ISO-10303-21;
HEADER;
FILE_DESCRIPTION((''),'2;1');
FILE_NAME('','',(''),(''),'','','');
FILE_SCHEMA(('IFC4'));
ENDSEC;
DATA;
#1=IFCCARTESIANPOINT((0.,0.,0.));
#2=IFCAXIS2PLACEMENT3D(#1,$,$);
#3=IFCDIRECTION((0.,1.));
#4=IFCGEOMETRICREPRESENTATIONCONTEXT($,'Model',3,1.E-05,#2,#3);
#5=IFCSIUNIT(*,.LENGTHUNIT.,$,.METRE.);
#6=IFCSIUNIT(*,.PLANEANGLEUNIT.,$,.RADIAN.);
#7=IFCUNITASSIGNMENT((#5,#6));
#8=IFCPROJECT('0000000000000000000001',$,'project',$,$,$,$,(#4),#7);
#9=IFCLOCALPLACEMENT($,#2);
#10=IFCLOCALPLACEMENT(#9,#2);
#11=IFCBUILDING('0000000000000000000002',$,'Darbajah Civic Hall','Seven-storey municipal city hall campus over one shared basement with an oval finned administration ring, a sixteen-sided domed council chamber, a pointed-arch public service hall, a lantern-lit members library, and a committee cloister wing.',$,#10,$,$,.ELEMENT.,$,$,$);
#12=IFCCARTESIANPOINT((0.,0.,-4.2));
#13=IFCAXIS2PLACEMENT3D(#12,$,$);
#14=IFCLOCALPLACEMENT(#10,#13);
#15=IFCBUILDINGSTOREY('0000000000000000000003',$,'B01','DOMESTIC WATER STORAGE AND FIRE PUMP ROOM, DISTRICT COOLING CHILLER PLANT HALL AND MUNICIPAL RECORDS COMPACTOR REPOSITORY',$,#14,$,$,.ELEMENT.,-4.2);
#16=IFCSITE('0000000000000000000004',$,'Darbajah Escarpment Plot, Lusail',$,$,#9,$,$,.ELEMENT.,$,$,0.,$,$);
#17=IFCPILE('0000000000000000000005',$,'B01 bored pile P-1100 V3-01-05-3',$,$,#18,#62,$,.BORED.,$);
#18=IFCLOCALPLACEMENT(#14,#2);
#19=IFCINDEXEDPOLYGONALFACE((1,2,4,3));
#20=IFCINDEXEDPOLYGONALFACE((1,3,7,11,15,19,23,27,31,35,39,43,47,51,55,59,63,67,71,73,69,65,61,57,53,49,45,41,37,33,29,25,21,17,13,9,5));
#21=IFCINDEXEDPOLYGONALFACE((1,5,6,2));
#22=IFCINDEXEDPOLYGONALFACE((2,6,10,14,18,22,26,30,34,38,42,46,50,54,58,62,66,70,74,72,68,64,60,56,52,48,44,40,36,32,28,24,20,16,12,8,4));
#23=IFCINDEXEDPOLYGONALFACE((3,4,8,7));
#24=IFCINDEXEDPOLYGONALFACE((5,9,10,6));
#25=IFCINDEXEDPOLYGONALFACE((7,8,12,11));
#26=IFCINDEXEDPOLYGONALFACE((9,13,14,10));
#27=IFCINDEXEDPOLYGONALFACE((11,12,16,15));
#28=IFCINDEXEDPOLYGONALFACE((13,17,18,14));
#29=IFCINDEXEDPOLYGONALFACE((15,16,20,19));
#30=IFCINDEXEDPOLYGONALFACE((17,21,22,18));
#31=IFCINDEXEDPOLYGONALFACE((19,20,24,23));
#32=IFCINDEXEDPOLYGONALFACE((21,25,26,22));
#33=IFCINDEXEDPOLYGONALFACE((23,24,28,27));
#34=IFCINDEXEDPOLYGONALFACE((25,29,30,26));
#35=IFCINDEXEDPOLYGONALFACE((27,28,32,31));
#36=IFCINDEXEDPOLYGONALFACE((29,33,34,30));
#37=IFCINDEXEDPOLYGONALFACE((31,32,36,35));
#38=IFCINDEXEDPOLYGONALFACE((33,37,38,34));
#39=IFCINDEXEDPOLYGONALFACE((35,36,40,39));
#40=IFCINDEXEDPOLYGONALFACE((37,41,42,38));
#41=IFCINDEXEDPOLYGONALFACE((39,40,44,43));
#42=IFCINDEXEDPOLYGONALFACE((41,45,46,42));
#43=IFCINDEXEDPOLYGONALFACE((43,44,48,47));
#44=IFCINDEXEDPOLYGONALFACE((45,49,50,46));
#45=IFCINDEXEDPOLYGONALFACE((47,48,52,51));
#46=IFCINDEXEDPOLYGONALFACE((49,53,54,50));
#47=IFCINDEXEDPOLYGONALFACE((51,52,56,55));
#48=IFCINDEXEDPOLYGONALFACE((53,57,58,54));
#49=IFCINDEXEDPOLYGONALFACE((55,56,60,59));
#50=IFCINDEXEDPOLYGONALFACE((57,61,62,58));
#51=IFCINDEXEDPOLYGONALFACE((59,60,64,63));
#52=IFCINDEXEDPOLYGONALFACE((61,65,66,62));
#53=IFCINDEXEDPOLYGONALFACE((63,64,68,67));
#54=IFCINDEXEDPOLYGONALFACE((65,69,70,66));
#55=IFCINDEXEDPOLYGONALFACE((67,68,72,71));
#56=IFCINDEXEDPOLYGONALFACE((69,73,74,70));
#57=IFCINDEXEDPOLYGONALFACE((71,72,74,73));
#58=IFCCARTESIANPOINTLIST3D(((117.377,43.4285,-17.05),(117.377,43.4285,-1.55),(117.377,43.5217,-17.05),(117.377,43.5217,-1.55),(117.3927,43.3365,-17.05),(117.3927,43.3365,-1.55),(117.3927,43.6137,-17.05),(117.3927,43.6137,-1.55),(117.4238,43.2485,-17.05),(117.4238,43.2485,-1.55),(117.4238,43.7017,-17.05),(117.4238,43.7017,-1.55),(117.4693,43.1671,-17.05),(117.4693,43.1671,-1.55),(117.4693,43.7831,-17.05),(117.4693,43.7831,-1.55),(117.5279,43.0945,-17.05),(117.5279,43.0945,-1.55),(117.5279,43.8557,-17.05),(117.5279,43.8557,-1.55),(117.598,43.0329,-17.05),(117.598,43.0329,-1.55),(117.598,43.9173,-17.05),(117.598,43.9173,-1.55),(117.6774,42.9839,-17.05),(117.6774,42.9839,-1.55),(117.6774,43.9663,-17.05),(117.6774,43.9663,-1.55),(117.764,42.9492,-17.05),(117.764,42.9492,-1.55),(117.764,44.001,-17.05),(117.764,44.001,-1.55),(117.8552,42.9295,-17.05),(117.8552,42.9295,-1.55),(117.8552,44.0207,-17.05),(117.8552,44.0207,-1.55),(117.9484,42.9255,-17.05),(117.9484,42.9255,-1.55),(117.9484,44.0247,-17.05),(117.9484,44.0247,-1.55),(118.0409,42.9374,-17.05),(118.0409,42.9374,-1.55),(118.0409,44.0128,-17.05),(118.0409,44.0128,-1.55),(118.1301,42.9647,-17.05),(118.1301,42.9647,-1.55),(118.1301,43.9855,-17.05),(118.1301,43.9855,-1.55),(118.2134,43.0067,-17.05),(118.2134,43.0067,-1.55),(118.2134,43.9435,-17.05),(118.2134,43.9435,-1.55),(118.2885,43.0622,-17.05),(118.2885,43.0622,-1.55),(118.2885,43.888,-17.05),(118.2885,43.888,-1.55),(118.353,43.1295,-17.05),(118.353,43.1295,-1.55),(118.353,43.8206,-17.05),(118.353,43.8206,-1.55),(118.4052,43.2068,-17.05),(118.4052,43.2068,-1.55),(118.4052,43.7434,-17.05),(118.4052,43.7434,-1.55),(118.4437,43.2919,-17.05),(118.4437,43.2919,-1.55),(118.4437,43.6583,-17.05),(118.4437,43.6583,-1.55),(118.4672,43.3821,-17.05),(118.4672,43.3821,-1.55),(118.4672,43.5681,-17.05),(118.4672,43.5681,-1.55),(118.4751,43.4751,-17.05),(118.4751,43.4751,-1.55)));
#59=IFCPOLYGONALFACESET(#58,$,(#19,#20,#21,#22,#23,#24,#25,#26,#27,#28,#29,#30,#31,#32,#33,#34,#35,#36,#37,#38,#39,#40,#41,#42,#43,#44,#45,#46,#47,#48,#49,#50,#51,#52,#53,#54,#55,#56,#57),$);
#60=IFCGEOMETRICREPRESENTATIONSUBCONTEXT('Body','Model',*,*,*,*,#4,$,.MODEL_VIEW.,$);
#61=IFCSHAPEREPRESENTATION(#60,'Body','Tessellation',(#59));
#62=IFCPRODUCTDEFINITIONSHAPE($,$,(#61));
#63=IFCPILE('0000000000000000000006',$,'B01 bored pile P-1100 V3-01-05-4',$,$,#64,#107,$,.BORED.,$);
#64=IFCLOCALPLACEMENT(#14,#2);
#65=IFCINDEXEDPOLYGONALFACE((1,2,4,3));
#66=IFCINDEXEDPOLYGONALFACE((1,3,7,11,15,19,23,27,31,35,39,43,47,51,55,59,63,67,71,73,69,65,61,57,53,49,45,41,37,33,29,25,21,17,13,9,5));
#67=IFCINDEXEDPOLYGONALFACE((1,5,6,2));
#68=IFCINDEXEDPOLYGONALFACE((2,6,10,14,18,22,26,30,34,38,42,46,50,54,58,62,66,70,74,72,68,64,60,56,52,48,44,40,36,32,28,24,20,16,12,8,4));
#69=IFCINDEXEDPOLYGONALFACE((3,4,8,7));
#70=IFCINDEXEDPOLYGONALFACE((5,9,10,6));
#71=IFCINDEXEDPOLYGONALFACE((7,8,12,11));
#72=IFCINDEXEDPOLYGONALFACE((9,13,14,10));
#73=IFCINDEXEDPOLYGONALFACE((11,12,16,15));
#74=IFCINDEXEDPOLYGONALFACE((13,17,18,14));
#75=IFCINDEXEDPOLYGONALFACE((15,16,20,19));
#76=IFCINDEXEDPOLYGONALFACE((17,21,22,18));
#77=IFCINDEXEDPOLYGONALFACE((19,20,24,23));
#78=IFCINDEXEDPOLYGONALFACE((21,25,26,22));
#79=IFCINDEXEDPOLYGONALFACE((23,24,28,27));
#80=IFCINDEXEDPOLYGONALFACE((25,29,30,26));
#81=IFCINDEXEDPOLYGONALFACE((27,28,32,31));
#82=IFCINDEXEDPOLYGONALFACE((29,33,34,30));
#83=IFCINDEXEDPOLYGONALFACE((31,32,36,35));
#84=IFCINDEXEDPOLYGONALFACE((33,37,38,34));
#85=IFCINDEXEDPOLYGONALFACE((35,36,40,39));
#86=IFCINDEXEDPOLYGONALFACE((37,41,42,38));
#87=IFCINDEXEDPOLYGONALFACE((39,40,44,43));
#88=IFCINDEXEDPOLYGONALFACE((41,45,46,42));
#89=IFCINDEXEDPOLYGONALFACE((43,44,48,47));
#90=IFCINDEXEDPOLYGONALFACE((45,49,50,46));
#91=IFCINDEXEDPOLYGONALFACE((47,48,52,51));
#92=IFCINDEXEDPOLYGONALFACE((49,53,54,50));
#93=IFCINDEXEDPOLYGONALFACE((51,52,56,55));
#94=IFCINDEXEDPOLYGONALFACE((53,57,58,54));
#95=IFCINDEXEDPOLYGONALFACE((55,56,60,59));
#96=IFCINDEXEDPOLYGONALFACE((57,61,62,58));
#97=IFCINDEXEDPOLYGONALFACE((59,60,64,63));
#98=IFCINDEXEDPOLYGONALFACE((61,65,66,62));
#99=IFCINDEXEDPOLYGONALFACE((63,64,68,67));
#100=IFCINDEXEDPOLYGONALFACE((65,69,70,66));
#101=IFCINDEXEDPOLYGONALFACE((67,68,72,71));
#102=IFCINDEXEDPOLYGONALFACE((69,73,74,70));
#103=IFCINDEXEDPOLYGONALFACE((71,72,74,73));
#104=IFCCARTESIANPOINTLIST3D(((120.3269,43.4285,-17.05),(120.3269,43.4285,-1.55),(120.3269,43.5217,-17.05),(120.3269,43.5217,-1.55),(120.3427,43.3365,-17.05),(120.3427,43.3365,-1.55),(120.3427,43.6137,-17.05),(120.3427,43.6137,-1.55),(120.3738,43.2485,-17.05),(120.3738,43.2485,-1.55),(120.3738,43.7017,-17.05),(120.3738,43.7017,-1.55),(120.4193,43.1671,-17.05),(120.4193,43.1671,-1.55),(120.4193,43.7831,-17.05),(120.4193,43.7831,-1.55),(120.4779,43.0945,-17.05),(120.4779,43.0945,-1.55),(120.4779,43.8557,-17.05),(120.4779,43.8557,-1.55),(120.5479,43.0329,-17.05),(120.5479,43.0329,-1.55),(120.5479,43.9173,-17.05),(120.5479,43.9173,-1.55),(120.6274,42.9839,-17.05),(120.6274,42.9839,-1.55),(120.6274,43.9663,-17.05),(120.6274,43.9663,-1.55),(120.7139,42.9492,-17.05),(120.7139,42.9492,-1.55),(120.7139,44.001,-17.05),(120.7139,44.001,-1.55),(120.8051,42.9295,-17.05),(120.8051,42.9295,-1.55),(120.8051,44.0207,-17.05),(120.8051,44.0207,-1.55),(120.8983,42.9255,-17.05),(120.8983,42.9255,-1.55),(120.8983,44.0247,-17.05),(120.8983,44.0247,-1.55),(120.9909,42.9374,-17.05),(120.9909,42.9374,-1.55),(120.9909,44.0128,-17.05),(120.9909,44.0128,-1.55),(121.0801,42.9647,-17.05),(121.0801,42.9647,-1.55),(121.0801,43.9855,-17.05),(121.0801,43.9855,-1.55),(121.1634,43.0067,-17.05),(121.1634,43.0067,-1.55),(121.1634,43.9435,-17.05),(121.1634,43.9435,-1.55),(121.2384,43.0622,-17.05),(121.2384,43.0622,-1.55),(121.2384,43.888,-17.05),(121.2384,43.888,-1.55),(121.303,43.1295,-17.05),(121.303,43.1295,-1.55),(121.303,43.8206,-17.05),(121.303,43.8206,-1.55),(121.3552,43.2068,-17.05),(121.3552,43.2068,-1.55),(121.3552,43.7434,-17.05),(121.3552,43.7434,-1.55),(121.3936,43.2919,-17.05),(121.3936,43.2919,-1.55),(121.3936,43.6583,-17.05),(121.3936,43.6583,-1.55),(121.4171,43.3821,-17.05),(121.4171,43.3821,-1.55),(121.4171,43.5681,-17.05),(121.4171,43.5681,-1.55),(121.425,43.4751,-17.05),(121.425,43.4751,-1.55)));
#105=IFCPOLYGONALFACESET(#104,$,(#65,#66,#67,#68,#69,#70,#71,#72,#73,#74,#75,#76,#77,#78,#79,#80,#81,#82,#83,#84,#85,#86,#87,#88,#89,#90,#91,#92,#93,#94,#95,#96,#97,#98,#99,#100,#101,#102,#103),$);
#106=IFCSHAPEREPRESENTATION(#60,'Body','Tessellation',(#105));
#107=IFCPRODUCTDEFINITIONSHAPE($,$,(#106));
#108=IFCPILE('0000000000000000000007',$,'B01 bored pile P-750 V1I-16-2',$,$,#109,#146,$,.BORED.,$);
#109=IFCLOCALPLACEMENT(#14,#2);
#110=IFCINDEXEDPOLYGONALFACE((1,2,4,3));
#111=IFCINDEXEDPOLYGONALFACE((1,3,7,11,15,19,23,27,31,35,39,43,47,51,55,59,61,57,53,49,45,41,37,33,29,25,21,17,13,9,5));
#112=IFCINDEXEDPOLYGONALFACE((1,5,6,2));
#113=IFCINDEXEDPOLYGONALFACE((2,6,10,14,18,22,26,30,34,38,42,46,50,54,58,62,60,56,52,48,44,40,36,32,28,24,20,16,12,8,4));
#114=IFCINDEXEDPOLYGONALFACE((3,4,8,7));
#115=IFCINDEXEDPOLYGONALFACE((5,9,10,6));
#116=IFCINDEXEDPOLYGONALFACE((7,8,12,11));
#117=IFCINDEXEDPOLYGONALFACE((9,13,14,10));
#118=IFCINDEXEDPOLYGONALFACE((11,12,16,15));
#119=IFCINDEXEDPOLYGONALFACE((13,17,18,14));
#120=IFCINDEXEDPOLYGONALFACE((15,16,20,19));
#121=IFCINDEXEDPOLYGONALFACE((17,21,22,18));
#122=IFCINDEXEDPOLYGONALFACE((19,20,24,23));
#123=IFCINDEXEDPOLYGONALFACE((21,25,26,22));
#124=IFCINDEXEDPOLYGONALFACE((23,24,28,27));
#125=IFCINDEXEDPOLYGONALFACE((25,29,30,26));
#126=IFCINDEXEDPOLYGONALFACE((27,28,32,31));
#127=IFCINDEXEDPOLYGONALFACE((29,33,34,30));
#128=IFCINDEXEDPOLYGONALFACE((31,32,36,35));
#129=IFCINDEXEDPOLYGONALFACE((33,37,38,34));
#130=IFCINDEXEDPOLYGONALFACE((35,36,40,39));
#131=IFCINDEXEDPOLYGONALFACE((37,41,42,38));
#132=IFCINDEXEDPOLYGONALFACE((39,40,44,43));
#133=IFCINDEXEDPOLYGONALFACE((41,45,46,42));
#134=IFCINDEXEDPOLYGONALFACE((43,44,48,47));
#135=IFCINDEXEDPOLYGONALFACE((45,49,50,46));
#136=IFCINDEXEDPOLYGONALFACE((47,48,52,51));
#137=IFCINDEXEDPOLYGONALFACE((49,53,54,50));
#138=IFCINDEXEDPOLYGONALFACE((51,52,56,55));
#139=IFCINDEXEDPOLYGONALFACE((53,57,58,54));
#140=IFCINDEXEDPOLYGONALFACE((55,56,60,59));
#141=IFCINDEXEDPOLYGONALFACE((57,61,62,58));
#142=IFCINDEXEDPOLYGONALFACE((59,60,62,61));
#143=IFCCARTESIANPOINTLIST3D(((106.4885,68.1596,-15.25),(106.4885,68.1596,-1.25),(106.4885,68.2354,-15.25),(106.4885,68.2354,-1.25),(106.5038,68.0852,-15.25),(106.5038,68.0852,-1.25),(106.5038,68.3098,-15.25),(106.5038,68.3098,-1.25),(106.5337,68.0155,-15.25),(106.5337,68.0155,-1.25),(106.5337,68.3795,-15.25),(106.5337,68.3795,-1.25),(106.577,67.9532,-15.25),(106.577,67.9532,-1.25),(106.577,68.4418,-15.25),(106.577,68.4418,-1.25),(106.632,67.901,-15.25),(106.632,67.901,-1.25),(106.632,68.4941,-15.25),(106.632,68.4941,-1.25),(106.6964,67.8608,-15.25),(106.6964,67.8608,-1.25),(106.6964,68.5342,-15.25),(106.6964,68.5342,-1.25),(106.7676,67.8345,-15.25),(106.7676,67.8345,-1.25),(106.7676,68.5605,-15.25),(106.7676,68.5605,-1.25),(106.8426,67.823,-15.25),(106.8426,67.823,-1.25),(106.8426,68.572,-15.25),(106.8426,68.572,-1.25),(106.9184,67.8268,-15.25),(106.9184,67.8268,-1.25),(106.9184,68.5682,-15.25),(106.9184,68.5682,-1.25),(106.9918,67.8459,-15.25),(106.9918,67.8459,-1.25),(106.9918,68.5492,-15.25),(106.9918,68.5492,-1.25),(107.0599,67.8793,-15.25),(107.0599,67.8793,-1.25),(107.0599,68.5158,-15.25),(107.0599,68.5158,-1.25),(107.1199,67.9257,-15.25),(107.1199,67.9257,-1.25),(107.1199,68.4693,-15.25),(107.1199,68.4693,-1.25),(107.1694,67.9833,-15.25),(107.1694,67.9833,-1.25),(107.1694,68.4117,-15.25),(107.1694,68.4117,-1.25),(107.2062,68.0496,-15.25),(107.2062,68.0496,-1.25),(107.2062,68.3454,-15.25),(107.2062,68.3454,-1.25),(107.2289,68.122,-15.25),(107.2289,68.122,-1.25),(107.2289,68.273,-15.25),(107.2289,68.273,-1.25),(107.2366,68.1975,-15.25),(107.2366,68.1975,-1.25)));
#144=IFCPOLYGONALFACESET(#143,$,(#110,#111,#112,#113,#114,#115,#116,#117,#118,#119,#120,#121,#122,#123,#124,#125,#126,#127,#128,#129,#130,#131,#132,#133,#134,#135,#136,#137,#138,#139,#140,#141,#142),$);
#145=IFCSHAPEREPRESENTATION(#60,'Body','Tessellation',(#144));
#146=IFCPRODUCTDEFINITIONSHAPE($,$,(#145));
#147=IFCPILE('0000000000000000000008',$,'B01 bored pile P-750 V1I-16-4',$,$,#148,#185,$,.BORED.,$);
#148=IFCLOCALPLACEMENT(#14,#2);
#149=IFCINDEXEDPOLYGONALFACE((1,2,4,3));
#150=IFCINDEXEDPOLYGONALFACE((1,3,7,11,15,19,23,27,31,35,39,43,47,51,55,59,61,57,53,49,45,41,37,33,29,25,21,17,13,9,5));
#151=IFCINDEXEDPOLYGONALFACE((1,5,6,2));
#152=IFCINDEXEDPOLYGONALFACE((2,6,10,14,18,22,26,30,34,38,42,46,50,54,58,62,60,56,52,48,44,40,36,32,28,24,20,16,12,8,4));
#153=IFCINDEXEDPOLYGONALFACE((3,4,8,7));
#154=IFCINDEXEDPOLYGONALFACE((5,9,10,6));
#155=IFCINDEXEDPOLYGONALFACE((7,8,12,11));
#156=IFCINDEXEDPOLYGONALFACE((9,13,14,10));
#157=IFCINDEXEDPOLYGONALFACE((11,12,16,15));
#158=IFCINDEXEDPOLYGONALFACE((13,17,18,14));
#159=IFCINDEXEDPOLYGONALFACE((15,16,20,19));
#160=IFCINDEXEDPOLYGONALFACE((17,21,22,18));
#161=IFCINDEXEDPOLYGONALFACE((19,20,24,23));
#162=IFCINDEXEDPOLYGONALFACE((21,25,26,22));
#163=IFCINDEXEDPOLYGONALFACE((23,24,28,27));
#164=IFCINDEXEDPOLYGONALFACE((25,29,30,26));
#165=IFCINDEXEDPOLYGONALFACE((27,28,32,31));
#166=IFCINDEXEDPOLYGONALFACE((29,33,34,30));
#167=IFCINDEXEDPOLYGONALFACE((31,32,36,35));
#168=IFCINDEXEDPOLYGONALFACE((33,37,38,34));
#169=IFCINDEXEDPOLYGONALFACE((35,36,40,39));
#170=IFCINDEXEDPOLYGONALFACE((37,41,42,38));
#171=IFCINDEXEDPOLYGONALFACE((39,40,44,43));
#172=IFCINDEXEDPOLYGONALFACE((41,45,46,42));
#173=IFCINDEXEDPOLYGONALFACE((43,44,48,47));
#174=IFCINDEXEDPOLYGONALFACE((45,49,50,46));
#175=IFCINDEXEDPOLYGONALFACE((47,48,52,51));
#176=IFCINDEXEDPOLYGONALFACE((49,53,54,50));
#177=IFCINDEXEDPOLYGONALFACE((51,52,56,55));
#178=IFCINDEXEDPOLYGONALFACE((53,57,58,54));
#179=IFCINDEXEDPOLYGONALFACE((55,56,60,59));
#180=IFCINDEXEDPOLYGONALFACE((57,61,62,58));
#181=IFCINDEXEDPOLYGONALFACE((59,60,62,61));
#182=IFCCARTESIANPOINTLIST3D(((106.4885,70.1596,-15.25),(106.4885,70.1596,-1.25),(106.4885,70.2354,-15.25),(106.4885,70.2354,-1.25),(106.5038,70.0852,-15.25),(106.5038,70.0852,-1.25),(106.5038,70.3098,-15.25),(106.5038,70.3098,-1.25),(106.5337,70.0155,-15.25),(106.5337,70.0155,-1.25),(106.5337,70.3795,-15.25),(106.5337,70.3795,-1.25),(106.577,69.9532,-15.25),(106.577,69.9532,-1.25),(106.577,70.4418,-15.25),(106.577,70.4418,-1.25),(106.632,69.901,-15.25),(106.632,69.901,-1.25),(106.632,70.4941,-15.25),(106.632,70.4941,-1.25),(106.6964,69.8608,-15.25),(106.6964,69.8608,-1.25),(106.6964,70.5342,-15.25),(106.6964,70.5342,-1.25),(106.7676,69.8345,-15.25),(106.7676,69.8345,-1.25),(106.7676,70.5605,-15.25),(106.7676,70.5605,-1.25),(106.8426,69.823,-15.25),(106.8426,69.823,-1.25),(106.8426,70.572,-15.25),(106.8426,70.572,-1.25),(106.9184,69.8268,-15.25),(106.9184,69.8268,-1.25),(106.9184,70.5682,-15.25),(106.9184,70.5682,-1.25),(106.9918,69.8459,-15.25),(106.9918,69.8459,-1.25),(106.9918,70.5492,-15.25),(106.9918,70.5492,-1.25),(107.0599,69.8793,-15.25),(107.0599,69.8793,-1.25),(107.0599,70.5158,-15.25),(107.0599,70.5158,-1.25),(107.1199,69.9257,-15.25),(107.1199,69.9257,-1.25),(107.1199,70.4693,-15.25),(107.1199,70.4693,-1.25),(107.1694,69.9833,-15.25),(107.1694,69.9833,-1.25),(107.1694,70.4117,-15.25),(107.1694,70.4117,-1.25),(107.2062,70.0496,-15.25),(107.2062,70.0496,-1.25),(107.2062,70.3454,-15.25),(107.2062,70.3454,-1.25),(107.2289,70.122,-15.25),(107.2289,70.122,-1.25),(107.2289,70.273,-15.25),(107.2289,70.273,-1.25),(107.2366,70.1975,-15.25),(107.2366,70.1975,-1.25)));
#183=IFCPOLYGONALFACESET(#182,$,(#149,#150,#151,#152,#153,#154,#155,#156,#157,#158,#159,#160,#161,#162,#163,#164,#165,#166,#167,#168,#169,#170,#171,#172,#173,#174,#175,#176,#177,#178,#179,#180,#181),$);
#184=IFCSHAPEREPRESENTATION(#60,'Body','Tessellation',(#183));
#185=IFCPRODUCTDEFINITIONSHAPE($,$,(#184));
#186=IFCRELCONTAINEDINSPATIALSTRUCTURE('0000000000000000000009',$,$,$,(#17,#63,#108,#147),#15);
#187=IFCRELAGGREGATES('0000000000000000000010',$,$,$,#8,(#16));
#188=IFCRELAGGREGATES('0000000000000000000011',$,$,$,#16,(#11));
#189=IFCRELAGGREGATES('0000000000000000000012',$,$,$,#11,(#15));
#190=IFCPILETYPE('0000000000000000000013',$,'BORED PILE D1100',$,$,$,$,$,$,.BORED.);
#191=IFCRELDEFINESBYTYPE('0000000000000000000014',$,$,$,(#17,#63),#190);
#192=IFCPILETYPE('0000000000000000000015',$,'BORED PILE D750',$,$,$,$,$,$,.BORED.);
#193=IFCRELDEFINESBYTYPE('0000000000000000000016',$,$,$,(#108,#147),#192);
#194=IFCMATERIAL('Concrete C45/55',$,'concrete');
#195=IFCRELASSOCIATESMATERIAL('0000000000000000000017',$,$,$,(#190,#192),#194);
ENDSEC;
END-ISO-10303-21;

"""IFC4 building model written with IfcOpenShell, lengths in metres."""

from ifc_helpers import new_model, si_unit, direction, frame, origin, origin_2d, place, context, subcontext, project, spatial, circle, extrude, material, material_profile, profile_set, type_object, element, save


model = new_model("IFC4")

# Units and contexts
model_context = context("Model", 3, precision=1e-05, world=origin(), true_north=direction((0.0, 1.0)))
body_context = subcontext(model_context, "Body", "Model", "MODEL_VIEW")
ifc_project = project(units=[si_unit("LENGTHUNIT", "METRE"), si_unit("PLANEANGLEUNIT", "RADIAN")], contexts=[model_context])

# Site, building, storey
site_placement = place(None, origin())
site = spatial("IfcSite", under=ifc_project, at=site_placement, Name="Darbajah Escarpment Plot, Lusail", CompositionType="ELEMENT", RefElevation=0.0)
building_placement = place(site_placement, origin())
building = spatial("IfcBuilding", under=site, at=building_placement, Name="Darbajah Civic Hall", Description="Seven-storey municipal city hall campus over one shared basement with an oval finned administration ring, a sixteen-sided domed council chamber, a pointed-arch public service hall, a lantern-lit members library, and a committee cloister wing.", CompositionType="ELEMENT")
storey_placement = place(building_placement, frame((0.0, 0.0, -4.2)))
storey = spatial("IfcBuildingStorey", under=building, at=storey_placement, Name="B01", Description="DOMESTIC WATER STORAGE AND FIRE PUMP ROOM, DISTRICT COOLING CHILLER PLANT HALL AND MUNICIPAL RECORDS COMPACTOR REPOSITORY", CompositionType="ELEMENT", Elevation=-4.2)

# Piles
ifc_material_1 = material(Name="Concrete C45/55", Category="concrete")
ifc_material_profile_1 = material_profile(ifc_material_1, circle(Radius=0.55, at=origin_2d()), Name="BORED PILE D1100")
ifc_profile_set_1 = profile_set([ifc_material_profile_1], Name="Concrete C45/55")
pile_type_1 = type_object("IfcPileType", Name="BORED PILE D1100", PredefinedType="BORED", material=ifc_profile_set_1)
for number, where, z_axis, x_axis, name in (
    (1, (117.925, 43.4751, -1.55), (0.0, 0.0, -1.0), (1.0, 0.0, 0.0), "B01 bored pile P-1100 V3-01-05-3"),
    (2, (120.875, 43.4751, -1.55), (0.0, 0.0, -1.0), (1.0, 0.0, 0.0), "B01 bored pile P-1100 V3-01-05-4"),
):
    element("IfcPile", number, at=place(storey_placement, frame(where, z_axis=z_axis, x_axis=x_axis)), inside=storey, type_object=pile_type_1, Name=name, PredefinedType="BORED", context=body_context, shape_type="SweptSolid", body=[
        extrude(circle(Radius=0.55, at=origin_2d()), origin(), (0.0, 0.0, 1.0), 15.5),
    ])
ifc_material_profile_2 = material_profile(ifc_material_1, circle(Radius=0.375, at=origin_2d()), Name="BORED PILE D750")
ifc_profile_set_2 = profile_set([ifc_material_profile_2], Name="Concrete C45/55")
pile_type_2 = type_object("IfcPileType", Name="BORED PILE D750", PredefinedType="BORED", material=ifc_profile_set_2)
for number, where, z_axis, x_axis, name in (
    (3, (106.8616, 68.1975, -1.25), (0.0, 0.0, -1.0), (1.0, 0.0, 0.0), "B01 bored pile P-750 V1I-16-2"),
    (4, (106.8616, 70.1975, -1.25), (0.0, 0.0, -1.0), (1.0, 0.0, 0.0), "B01 bored pile P-750 V1I-16-4"),
):
    element("IfcPile", number, at=place(storey_placement, frame(where, z_axis=z_axis, x_axis=x_axis)), inside=storey, type_object=pile_type_2, Name=name, PredefinedType="BORED", context=body_context, shape_type="SweptSolid", body=[
        extrude(circle(Radius=0.375, at=origin_2d()), origin(), (0.0, 0.0, 1.0), 14.0),
    ])

save(model, "model.ifc")
